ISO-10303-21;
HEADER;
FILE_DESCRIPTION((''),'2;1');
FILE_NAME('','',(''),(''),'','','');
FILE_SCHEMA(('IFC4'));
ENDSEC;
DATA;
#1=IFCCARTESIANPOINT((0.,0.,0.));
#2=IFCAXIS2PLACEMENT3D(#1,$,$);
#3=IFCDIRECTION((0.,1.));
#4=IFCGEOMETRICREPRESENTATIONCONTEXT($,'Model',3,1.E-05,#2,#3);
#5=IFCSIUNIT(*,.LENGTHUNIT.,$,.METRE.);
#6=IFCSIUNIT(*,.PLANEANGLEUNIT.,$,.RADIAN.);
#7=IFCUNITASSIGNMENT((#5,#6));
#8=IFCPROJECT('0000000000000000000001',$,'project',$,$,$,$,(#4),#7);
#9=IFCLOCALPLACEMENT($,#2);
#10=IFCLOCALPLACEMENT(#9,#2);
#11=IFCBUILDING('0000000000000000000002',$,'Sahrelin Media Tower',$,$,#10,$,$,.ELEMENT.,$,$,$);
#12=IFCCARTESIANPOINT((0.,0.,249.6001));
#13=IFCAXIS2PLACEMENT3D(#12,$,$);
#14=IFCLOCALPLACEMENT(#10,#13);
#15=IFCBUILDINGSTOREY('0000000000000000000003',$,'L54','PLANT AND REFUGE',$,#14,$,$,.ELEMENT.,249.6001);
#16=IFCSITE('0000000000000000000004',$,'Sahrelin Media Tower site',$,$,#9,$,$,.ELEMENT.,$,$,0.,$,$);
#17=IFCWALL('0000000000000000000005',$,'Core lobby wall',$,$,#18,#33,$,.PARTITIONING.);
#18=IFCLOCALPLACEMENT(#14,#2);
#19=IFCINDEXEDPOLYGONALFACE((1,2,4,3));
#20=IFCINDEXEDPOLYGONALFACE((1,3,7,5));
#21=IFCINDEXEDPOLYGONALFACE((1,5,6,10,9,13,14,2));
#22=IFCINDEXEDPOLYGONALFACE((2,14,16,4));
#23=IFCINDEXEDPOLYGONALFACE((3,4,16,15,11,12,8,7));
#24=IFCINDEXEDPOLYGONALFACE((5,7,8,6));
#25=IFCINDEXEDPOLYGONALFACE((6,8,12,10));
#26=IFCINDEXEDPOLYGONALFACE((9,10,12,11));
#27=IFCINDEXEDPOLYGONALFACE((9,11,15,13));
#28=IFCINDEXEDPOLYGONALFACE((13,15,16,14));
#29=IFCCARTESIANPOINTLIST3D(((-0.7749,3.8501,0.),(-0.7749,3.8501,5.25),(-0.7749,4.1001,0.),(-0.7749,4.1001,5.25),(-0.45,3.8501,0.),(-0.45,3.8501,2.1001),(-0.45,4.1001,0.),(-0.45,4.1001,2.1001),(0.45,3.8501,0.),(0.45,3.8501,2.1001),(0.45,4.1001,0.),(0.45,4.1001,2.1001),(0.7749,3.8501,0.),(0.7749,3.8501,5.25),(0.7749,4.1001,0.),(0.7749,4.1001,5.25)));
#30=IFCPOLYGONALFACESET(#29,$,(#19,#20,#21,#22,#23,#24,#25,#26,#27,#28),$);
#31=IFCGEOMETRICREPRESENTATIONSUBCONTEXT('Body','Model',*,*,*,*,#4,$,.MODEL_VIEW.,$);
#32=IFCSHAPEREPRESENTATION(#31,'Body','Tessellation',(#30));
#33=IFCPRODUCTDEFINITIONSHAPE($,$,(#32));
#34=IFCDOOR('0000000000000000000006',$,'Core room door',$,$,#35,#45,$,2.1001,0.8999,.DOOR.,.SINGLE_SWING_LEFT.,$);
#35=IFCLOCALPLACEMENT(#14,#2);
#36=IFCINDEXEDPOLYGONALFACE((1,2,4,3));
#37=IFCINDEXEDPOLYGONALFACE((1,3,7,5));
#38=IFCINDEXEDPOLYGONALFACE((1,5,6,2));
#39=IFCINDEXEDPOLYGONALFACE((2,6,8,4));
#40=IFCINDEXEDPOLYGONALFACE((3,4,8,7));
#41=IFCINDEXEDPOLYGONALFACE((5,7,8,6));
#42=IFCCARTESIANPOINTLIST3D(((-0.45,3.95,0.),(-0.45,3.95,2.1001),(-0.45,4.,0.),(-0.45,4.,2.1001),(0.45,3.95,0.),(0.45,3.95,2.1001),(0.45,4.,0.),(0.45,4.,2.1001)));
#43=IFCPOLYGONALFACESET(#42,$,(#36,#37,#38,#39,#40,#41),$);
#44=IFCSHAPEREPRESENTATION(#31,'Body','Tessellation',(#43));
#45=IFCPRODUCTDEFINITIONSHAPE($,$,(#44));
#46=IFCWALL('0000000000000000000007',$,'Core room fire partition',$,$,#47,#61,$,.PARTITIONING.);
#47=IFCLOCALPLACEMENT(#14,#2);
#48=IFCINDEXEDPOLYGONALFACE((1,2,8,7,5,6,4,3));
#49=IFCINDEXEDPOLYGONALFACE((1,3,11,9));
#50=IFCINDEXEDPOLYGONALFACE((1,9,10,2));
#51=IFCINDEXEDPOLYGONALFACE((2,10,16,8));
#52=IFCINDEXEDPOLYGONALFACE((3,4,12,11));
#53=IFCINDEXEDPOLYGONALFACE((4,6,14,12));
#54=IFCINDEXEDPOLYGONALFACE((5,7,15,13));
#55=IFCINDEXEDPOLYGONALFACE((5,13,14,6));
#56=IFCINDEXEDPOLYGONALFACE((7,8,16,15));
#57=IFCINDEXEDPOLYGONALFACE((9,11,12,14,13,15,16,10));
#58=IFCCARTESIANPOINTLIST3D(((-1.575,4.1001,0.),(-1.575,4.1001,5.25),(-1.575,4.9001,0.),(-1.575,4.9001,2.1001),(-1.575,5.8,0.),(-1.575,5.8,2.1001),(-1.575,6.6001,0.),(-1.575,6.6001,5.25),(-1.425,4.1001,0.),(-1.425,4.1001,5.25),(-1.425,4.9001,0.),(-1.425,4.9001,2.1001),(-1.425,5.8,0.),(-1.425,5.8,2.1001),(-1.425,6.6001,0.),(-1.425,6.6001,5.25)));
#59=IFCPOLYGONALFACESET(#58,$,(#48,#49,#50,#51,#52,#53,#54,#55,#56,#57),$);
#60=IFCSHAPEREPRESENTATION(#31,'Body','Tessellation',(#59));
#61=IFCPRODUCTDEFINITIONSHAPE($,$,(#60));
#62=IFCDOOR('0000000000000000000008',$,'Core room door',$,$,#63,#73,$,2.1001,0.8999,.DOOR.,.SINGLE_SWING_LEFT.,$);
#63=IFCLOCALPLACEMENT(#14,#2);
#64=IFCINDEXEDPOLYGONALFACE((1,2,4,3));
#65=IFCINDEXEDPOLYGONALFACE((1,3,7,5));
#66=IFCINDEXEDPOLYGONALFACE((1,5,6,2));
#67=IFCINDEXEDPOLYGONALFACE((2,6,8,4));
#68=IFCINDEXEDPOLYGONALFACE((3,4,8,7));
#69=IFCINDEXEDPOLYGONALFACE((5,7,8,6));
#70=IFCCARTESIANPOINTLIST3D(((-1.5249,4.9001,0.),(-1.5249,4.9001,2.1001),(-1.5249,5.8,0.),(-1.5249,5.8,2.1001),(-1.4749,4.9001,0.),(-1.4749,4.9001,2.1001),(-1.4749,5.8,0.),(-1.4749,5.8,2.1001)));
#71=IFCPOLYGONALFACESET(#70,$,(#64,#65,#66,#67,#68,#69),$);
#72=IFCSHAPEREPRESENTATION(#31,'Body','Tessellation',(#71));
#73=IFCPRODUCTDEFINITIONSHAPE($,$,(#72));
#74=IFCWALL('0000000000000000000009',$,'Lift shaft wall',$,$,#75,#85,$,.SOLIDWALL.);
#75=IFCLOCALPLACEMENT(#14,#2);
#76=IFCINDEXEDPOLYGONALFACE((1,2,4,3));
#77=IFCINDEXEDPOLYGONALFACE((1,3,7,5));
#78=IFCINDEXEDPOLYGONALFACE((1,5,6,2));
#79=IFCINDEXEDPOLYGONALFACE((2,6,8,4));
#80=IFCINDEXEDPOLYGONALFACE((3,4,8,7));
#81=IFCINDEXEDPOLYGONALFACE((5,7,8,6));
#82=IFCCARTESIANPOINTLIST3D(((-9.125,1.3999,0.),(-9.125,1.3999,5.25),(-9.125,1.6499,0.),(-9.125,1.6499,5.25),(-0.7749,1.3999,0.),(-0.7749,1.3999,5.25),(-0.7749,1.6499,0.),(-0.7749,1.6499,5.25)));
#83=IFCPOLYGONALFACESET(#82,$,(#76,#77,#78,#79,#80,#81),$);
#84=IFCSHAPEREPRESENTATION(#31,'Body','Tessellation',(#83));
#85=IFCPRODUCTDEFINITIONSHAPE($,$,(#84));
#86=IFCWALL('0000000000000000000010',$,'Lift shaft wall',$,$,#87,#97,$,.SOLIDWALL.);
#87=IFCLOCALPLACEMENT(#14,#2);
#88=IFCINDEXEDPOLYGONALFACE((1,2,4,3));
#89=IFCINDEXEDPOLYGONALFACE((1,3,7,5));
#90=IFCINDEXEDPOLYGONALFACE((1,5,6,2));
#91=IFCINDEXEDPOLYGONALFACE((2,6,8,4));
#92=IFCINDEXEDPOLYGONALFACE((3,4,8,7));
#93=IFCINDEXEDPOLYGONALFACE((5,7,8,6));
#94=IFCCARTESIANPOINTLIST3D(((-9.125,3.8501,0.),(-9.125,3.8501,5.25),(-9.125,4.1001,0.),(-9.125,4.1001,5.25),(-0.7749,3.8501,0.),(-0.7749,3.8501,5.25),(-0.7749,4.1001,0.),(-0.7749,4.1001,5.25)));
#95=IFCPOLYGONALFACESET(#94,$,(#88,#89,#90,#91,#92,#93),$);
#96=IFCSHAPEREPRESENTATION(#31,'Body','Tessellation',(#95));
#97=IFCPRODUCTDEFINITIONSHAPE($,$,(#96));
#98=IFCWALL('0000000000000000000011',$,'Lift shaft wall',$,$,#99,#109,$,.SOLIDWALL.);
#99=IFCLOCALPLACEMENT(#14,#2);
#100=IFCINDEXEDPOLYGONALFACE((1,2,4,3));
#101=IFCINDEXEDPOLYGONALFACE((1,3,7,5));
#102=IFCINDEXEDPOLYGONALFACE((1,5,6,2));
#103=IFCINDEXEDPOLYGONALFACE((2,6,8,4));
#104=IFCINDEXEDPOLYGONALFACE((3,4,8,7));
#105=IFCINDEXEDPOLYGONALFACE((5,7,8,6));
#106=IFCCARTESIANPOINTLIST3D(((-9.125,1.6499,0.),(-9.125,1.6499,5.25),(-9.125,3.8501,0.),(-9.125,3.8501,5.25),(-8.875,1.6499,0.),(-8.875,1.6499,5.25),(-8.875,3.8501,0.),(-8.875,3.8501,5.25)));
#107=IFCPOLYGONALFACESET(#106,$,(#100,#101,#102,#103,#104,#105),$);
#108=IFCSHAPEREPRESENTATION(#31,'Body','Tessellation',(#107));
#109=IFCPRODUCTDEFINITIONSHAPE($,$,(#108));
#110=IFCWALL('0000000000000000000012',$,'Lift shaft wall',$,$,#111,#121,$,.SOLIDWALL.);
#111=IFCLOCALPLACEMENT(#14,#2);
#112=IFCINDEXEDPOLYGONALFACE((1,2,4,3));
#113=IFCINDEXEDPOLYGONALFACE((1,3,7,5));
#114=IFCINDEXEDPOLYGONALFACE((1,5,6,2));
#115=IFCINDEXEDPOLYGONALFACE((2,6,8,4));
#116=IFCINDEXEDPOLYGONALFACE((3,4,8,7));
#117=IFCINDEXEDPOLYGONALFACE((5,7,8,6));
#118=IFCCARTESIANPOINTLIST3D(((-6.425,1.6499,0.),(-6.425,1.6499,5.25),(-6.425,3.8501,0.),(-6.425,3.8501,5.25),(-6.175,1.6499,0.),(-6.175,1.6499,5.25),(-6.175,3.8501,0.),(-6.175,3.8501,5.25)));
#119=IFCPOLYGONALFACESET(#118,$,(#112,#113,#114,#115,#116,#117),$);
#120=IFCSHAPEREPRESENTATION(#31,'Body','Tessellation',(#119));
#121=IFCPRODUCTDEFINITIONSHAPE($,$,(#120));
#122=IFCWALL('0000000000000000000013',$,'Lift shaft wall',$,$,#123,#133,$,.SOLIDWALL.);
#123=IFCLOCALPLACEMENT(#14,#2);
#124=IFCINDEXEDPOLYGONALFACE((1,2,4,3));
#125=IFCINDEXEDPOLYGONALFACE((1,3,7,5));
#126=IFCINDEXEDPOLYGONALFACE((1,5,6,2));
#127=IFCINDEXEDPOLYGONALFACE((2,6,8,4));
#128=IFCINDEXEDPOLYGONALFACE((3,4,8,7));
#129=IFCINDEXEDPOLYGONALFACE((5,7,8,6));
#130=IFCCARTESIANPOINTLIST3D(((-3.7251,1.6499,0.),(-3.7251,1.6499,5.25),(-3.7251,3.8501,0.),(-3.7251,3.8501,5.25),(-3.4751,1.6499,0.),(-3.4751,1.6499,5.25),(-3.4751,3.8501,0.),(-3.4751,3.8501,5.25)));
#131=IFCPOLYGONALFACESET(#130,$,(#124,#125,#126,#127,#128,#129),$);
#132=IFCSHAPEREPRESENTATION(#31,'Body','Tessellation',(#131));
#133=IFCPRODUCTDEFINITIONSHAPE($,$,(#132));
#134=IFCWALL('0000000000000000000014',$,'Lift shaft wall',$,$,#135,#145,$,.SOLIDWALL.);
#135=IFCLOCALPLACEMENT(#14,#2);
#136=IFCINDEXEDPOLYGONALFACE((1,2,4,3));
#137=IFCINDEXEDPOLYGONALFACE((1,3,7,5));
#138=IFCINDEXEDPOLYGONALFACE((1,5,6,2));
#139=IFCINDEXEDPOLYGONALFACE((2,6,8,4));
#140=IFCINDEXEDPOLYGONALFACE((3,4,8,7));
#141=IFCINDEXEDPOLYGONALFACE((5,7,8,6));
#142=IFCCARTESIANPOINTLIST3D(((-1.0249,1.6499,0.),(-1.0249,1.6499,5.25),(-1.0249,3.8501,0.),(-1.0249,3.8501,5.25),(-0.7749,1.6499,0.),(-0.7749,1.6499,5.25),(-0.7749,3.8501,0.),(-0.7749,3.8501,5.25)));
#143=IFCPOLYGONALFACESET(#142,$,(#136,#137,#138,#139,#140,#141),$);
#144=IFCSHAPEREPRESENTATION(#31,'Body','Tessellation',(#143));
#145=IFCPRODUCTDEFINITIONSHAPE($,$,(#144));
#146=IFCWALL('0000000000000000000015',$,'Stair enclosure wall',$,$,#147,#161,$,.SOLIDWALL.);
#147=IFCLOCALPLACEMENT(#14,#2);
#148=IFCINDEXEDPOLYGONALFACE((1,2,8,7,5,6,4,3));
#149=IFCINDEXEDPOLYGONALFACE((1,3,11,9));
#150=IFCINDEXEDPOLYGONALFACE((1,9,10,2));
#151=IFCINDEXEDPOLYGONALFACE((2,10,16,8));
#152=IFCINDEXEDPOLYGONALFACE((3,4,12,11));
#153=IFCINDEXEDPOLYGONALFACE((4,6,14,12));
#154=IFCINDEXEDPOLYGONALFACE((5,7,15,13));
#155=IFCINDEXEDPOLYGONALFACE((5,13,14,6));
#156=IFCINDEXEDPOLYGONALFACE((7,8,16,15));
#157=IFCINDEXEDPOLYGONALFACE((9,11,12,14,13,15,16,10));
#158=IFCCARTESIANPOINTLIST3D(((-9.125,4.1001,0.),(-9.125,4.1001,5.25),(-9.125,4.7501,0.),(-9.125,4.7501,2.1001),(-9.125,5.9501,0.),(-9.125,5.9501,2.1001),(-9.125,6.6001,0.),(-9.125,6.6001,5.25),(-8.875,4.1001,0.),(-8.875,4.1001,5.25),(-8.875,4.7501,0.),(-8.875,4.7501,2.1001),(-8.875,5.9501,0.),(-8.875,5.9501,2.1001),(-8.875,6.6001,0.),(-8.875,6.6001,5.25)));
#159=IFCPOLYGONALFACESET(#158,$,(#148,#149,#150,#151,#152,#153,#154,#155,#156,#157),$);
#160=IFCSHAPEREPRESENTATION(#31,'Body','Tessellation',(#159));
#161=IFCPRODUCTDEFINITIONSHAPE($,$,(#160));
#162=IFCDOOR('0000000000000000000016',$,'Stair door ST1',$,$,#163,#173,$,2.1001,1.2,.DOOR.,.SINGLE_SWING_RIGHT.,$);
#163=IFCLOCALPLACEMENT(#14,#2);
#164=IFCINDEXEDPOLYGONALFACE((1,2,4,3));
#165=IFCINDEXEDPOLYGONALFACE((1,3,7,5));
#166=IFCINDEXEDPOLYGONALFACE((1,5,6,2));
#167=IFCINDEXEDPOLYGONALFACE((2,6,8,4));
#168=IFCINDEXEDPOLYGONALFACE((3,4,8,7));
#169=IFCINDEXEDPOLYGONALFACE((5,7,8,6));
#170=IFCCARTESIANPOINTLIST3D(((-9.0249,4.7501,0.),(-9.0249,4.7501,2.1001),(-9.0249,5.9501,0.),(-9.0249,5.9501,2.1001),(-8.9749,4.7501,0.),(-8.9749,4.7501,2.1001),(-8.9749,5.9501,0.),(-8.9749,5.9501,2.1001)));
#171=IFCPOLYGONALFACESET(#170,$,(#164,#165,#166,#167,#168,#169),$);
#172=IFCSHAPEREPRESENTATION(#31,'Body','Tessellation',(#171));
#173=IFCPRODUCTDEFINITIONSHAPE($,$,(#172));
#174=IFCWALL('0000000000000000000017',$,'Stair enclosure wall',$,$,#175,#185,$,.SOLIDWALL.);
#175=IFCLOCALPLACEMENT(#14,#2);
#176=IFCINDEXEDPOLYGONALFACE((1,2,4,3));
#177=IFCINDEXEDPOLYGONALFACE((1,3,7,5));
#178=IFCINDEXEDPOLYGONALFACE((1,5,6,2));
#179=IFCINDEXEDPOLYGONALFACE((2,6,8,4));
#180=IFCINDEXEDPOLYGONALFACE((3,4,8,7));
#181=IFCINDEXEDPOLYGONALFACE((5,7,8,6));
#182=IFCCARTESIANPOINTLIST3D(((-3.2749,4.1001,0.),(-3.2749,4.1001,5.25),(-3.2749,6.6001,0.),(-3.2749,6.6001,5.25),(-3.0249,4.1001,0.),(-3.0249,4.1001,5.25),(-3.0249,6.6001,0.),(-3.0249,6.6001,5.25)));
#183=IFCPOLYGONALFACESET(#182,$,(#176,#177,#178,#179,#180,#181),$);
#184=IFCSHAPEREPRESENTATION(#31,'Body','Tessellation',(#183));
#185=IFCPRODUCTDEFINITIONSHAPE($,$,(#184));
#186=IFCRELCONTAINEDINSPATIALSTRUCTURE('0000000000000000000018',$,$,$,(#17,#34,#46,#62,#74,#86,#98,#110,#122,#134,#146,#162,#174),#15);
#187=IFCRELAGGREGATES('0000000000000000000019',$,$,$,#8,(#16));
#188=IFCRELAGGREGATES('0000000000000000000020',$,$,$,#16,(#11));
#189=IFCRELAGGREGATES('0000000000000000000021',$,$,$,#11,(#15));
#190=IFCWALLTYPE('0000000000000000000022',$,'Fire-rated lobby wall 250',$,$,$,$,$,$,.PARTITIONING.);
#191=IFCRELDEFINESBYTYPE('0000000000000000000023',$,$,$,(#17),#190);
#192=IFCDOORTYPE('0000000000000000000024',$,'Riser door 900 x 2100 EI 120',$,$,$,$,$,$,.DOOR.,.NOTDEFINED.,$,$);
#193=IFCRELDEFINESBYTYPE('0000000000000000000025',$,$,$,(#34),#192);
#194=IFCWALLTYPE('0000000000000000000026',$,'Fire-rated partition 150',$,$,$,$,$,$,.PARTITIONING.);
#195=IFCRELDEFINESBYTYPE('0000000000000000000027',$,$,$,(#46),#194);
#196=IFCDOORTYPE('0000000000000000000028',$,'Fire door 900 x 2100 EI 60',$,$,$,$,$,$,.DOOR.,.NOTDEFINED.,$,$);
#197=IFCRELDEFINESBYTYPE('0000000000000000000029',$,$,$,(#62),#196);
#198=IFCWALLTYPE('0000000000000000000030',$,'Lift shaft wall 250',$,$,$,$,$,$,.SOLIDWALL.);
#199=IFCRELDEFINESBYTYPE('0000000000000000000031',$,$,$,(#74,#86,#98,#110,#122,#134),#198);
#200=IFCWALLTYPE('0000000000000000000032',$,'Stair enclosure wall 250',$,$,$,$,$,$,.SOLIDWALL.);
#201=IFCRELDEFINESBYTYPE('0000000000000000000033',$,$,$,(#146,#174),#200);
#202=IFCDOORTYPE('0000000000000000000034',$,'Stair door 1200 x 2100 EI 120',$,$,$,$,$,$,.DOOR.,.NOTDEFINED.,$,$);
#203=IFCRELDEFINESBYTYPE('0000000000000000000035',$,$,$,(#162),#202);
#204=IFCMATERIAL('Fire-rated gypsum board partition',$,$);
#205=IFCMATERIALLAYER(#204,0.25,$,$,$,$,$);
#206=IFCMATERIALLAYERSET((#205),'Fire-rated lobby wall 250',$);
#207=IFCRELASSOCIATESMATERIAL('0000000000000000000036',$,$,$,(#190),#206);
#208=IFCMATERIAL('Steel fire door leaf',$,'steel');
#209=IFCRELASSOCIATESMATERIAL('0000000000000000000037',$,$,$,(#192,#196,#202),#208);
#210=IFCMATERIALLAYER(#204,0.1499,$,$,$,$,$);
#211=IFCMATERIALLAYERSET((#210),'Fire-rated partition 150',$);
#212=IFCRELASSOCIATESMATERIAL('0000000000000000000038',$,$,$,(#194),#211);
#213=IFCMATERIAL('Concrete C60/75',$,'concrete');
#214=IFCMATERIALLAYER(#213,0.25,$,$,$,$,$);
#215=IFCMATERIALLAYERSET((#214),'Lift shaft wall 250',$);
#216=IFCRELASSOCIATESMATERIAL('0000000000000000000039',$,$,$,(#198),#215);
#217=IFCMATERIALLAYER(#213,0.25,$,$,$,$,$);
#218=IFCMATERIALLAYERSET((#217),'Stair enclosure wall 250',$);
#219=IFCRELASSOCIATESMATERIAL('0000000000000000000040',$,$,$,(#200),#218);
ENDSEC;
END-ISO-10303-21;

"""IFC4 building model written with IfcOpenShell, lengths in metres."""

from ifc_helpers import new_model, si_unit, direction, frame, frame_2d, origin, place, context, subcontext, project, spatial, rectangle, extrude, material, layer, layer_set, type_object, element, fill, save


model = new_model("IFC4")

# Units and contexts
model_context = context("Model", 3, precision=1e-05, world=origin(), true_north=direction((0.0, 1.0)))
body_context = subcontext(model_context, "Body", "Model", "MODEL_VIEW")
ifc_project = project(units=[si_unit("LENGTHUNIT", "METRE"), si_unit("PLANEANGLEUNIT", "RADIAN")], contexts=[model_context])

# Site, building, storey
site_placement = place(None, origin())
site = spatial("IfcSite", under=ifc_project, at=site_placement, Name="Sahrelin Media Tower site", CompositionType="ELEMENT", RefElevation=0.0)
building_placement = place(site_placement, origin())
building = spatial("IfcBuilding", under=site, at=building_placement, Name="Sahrelin Media Tower", CompositionType="ELEMENT")
storey_placement = place(building_placement, frame((0.0, 0.0, 249.6001)))
storey = spatial("IfcBuildingStorey", under=building, at=storey_placement, Name="L54", Description="PLANT AND REFUGE", CompositionType="ELEMENT", Elevation=249.6001)

# Walls, openings, doors
ifc_material_1 = material(Name="Fire-rated gypsum board partition")
ifc_layer_1 = layer(ifc_material_1, 0.25)
ifc_layer_set_1 = layer_set([ifc_layer_1], Name="Fire-rated lobby wall 250")
wall_type_1 = type_object("IfcWallType", Name="Fire-rated lobby wall 250", PredefinedType="PARTITIONING", material=ifc_layer_set_1)
wall_1_placement = place(storey_placement, frame((-0.7749, 3.9751, 0.0), z_axis=(0.0, 0.0, 1.0), x_axis=(1.0, 0.0, 0.0)))
wall_1 = element("IfcWall", 1, at=wall_1_placement, inside=storey, type_object=wall_type_1, Name="Core lobby wall", PredefinedType="PARTITIONING", context=body_context, shape_type="SweptSolid", body=[
    extrude(rectangle(XDim=1.5498, YDim=0.25, at=frame_2d((0.7749, 0.0))), origin(), (0.0, 0.0, 1.0), 5.25),
])
opening_1_placement = place(wall_1_placement, frame((0.325, 0.0, 0.0)))
opening_1 = element("IfcOpeningElement", 2, at=opening_1_placement, cuts=wall_1, PredefinedType="OPENING", context=body_context, shape_type="SweptSolid", body=[
    extrude(rectangle(XDim=0.8999, YDim=2.1001, at=frame_2d((0.45, 1.05))), frame((0.0, 0.125, 0.0), z_axis=(0.0, -1.0, 0.0), x_axis=(1.0, 0.0, 0.0)), (0.0, 0.0, 1.0), 0.25),
])
ifc_material_2 = material(Name="Steel fire door leaf", Category="steel")
door_type_1 = type_object("IfcDoorType", Name="Riser door 900 x 2100 EI 120", OperationType="NOTDEFINED", PredefinedType="DOOR", material=ifc_material_2)
door_1_placement = place(opening_1_placement, origin())
door_1 = element("IfcDoor", 3, at=door_1_placement, inside=storey, type_object=door_type_1, Name="Core room door", OperationType="SINGLE_SWING_LEFT", OverallHeight=2.1001, OverallWidth=0.8999, PredefinedType="DOOR", context=body_context, shape_type="SweptSolid", body=[
    extrude(rectangle(XDim=0.8999, YDim=2.1001, at=frame_2d((0.45, 1.05))), frame((0.0, 0.0249, 0.0), z_axis=(0.0, -1.0, 0.0), x_axis=(1.0, 0.0, 0.0)), (0.0, 0.0, 1.0), 0.05),
])
fill(opening_1, door_1)
ifc_layer_2 = layer(ifc_material_1, 0.1499)
ifc_layer_set_2 = layer_set([ifc_layer_2], Name="Fire-rated partition 150")
wall_type_2 = type_object("IfcWallType", Name="Fire-rated partition 150", PredefinedType="PARTITIONING", material=ifc_layer_set_2)
wall_2_placement = place(storey_placement, frame((-1.5, 4.1001, 0.0), z_axis=(0.0, 0.0, 1.0), x_axis=(0.0, 1.0, 0.0)))
wall_2 = element("IfcWall", 4, at=wall_2_placement, inside=storey, type_object=wall_type_2, Name="Core room fire partition", PredefinedType="PARTITIONING", context=body_context, shape_type="SweptSolid", body=[
    extrude(rectangle(XDim=2.5, YDim=0.1499, at=frame_2d((1.25, 0.0))), origin(), (0.0, 0.0, 1.0), 5.25),
])
opening_2_placement = place(wall_2_placement, frame((0.8, 0.0, 0.0)))
opening_2 = element("IfcOpeningElement", 5, at=opening_2_placement, cuts=wall_2, PredefinedType="OPENING", context=body_context, shape_type="SweptSolid", body=[
    extrude(rectangle(XDim=0.8999, YDim=2.1001, at=frame_2d((0.45, 1.05))), frame((0.0, 0.075, 0.0), z_axis=(0.0, -1.0, 0.0), x_axis=(1.0, 0.0, 0.0)), (0.0, 0.0, 1.0), 0.1499),
])
door_type_2 = type_object("IfcDoorType", Name="Fire door 900 x 2100 EI 60", OperationType="NOTDEFINED", PredefinedType="DOOR", material=ifc_material_2)
door_2_placement = place(opening_2_placement, origin())
door_2 = element("IfcDoor", 6, at=door_2_placement, inside=storey, type_object=door_type_2, Name="Core room door", OperationType="SINGLE_SWING_LEFT", OverallHeight=2.1001, OverallWidth=0.8999, PredefinedType="DOOR", context=body_context, shape_type="SweptSolid", body=[
    extrude(rectangle(XDim=0.8999, YDim=2.1001, at=frame_2d((0.45, 1.05))), frame((0.0, 0.0249, 0.0), z_axis=(0.0, -1.0, 0.0), x_axis=(1.0, 0.0, 0.0)), (0.0, 0.0, 1.0), 0.05),
])
fill(opening_2, door_2)

# Walls
ifc_material_3 = material(Name="Concrete C60/75", Category="concrete")
ifc_layer_3 = layer(ifc_material_3, 0.25)
ifc_layer_set_3 = layer_set([ifc_layer_3], Name="Lift shaft wall 250")
wall_type_3 = type_object("IfcWallType", Name="Lift shaft wall 250", PredefinedType="SOLIDWALL", material=ifc_layer_set_3)
for number, where, z_axis, x_axis, name in (
    (7, (-9.125, 1.5249, 0.0), (0.0, 0.0, 1.0), (1.0, 0.0, 0.0), "Lift shaft wall"),
    (8, (-9.125, 3.9751, 0.0), (0.0, 0.0, 1.0), (1.0, 0.0, 0.0), "Lift shaft wall"),
):
    element("IfcWall", number, at=place(storey_placement, frame(where, z_axis=z_axis, x_axis=x_axis)), inside=storey, type_object=wall_type_3, Name=name, PredefinedType="SOLIDWALL", context=body_context, shape_type="SweptSolid", body=[
        extrude(rectangle(XDim=8.3501, YDim=0.25, at=frame_2d((4.175, 0.0))), origin(), (0.0, 0.0, 1.0), 5.25),
    ])
for number, where, z_axis, x_axis, name in (
    (9, (-9.0, 1.6499, 0.0), (0.0, 0.0, 1.0), (0.0, 1.0, 0.0), "Lift shaft wall"),
    (10, (-6.3, 1.6499, 0.0), (0.0, 0.0, 1.0), (0.0, 1.0, 0.0), "Lift shaft wall"),
    (11, (-3.6001, 1.6499, 0.0), (0.0, 0.0, 1.0), (0.0, 1.0, 0.0), "Lift shaft wall"),
    (12, (-0.8999, 1.6499, 0.0), (0.0, 0.0, 1.0), (0.0, 1.0, 0.0), "Lift shaft wall"),
):
    element("IfcWall", number, at=place(storey_placement, frame(where, z_axis=z_axis, x_axis=x_axis)), inside=storey, type_object=wall_type_3, Name=name, PredefinedType="SOLIDWALL", context=body_context, shape_type="SweptSolid", body=[
        extrude(rectangle(XDim=2.2002, YDim=0.25, at=frame_2d((1.1001, 0.0))), origin(), (0.0, 0.0, 1.0), 5.25),
    ])

# Wall, opening, door
ifc_layer_4 = layer(ifc_material_3, 0.25)
ifc_layer_set_4 = layer_set([ifc_layer_4], Name="Stair enclosure wall 250")
wall_type_4 = type_object("IfcWallType", Name="Stair enclosure wall 250", PredefinedType="SOLIDWALL", material=ifc_layer_set_4)
wall_3_placement = place(storey_placement, frame((-9.0, 4.1001, 0.0), z_axis=(0.0, 0.0, 1.0), x_axis=(0.0, 1.0, 0.0)))
wall_3 = element("IfcWall", 13, at=wall_3_placement, inside=storey, type_object=wall_type_4, Name="Stair enclosure wall", PredefinedType="SOLIDWALL", context=body_context, shape_type="SweptSolid", body=[
    extrude(rectangle(XDim=2.5, YDim=0.25, at=frame_2d((1.25, 0.0))), origin(), (0.0, 0.0, 1.0), 5.25),
])
opening_3_placement = place(wall_3_placement, frame((0.6499, 0.0, 0.0)))
opening_3 = element("IfcOpeningElement", 14, at=opening_3_placement, cuts=wall_3, PredefinedType="OPENING", context=body_context, shape_type="SweptSolid", body=[
    extrude(rectangle(XDim=1.2, YDim=2.1001, at=frame_2d((0.6001, 1.05))), frame((0.0, 0.125, 0.0), z_axis=(0.0, -1.0, 0.0), x_axis=(1.0, 0.0, 0.0)), (0.0, 0.0, 1.0), 0.25),
])
door_type_3 = type_object("IfcDoorType", Name="Stair door 1200 x 2100 EI 120", OperationType="NOTDEFINED", PredefinedType="DOOR", material=ifc_material_2)
door_3_placement = place(opening_3_placement, origin())
door_3 = element("IfcDoor", 15, at=door_3_placement, inside=storey, type_object=door_type_3, Name="Stair door ST1", OperationType="SINGLE_SWING_RIGHT", OverallHeight=2.1001, OverallWidth=1.2, PredefinedType="DOOR", context=body_context, shape_type="SweptSolid", body=[
    extrude(rectangle(XDim=1.2, YDim=2.1001, at=frame_2d((0.6001, 1.05))), frame((0.0, 0.0249, 0.0), z_axis=(0.0, -1.0, 0.0), x_axis=(1.0, 0.0, 0.0)), (0.0, 0.0, 1.0), 0.05),
])
fill(opening_3, door_3)

# Wall
wall_4_placement = place(storey_placement, frame((-3.1499, 4.1001, 0.0), z_axis=(0.0, 0.0, 1.0), x_axis=(0.0, 1.0, 0.0)))
element("IfcWall", 16, at=wall_4_placement, inside=storey, type_object=wall_type_4, Name="Stair enclosure wall", PredefinedType="SOLIDWALL", context=body_context, shape_type="SweptSolid", body=[
    extrude(rectangle(XDim=2.5, YDim=0.25, at=frame_2d((1.25, 0.0))), origin(), (0.0, 0.0, 1.0), 5.25),
])

save(model, "model.ifc")
